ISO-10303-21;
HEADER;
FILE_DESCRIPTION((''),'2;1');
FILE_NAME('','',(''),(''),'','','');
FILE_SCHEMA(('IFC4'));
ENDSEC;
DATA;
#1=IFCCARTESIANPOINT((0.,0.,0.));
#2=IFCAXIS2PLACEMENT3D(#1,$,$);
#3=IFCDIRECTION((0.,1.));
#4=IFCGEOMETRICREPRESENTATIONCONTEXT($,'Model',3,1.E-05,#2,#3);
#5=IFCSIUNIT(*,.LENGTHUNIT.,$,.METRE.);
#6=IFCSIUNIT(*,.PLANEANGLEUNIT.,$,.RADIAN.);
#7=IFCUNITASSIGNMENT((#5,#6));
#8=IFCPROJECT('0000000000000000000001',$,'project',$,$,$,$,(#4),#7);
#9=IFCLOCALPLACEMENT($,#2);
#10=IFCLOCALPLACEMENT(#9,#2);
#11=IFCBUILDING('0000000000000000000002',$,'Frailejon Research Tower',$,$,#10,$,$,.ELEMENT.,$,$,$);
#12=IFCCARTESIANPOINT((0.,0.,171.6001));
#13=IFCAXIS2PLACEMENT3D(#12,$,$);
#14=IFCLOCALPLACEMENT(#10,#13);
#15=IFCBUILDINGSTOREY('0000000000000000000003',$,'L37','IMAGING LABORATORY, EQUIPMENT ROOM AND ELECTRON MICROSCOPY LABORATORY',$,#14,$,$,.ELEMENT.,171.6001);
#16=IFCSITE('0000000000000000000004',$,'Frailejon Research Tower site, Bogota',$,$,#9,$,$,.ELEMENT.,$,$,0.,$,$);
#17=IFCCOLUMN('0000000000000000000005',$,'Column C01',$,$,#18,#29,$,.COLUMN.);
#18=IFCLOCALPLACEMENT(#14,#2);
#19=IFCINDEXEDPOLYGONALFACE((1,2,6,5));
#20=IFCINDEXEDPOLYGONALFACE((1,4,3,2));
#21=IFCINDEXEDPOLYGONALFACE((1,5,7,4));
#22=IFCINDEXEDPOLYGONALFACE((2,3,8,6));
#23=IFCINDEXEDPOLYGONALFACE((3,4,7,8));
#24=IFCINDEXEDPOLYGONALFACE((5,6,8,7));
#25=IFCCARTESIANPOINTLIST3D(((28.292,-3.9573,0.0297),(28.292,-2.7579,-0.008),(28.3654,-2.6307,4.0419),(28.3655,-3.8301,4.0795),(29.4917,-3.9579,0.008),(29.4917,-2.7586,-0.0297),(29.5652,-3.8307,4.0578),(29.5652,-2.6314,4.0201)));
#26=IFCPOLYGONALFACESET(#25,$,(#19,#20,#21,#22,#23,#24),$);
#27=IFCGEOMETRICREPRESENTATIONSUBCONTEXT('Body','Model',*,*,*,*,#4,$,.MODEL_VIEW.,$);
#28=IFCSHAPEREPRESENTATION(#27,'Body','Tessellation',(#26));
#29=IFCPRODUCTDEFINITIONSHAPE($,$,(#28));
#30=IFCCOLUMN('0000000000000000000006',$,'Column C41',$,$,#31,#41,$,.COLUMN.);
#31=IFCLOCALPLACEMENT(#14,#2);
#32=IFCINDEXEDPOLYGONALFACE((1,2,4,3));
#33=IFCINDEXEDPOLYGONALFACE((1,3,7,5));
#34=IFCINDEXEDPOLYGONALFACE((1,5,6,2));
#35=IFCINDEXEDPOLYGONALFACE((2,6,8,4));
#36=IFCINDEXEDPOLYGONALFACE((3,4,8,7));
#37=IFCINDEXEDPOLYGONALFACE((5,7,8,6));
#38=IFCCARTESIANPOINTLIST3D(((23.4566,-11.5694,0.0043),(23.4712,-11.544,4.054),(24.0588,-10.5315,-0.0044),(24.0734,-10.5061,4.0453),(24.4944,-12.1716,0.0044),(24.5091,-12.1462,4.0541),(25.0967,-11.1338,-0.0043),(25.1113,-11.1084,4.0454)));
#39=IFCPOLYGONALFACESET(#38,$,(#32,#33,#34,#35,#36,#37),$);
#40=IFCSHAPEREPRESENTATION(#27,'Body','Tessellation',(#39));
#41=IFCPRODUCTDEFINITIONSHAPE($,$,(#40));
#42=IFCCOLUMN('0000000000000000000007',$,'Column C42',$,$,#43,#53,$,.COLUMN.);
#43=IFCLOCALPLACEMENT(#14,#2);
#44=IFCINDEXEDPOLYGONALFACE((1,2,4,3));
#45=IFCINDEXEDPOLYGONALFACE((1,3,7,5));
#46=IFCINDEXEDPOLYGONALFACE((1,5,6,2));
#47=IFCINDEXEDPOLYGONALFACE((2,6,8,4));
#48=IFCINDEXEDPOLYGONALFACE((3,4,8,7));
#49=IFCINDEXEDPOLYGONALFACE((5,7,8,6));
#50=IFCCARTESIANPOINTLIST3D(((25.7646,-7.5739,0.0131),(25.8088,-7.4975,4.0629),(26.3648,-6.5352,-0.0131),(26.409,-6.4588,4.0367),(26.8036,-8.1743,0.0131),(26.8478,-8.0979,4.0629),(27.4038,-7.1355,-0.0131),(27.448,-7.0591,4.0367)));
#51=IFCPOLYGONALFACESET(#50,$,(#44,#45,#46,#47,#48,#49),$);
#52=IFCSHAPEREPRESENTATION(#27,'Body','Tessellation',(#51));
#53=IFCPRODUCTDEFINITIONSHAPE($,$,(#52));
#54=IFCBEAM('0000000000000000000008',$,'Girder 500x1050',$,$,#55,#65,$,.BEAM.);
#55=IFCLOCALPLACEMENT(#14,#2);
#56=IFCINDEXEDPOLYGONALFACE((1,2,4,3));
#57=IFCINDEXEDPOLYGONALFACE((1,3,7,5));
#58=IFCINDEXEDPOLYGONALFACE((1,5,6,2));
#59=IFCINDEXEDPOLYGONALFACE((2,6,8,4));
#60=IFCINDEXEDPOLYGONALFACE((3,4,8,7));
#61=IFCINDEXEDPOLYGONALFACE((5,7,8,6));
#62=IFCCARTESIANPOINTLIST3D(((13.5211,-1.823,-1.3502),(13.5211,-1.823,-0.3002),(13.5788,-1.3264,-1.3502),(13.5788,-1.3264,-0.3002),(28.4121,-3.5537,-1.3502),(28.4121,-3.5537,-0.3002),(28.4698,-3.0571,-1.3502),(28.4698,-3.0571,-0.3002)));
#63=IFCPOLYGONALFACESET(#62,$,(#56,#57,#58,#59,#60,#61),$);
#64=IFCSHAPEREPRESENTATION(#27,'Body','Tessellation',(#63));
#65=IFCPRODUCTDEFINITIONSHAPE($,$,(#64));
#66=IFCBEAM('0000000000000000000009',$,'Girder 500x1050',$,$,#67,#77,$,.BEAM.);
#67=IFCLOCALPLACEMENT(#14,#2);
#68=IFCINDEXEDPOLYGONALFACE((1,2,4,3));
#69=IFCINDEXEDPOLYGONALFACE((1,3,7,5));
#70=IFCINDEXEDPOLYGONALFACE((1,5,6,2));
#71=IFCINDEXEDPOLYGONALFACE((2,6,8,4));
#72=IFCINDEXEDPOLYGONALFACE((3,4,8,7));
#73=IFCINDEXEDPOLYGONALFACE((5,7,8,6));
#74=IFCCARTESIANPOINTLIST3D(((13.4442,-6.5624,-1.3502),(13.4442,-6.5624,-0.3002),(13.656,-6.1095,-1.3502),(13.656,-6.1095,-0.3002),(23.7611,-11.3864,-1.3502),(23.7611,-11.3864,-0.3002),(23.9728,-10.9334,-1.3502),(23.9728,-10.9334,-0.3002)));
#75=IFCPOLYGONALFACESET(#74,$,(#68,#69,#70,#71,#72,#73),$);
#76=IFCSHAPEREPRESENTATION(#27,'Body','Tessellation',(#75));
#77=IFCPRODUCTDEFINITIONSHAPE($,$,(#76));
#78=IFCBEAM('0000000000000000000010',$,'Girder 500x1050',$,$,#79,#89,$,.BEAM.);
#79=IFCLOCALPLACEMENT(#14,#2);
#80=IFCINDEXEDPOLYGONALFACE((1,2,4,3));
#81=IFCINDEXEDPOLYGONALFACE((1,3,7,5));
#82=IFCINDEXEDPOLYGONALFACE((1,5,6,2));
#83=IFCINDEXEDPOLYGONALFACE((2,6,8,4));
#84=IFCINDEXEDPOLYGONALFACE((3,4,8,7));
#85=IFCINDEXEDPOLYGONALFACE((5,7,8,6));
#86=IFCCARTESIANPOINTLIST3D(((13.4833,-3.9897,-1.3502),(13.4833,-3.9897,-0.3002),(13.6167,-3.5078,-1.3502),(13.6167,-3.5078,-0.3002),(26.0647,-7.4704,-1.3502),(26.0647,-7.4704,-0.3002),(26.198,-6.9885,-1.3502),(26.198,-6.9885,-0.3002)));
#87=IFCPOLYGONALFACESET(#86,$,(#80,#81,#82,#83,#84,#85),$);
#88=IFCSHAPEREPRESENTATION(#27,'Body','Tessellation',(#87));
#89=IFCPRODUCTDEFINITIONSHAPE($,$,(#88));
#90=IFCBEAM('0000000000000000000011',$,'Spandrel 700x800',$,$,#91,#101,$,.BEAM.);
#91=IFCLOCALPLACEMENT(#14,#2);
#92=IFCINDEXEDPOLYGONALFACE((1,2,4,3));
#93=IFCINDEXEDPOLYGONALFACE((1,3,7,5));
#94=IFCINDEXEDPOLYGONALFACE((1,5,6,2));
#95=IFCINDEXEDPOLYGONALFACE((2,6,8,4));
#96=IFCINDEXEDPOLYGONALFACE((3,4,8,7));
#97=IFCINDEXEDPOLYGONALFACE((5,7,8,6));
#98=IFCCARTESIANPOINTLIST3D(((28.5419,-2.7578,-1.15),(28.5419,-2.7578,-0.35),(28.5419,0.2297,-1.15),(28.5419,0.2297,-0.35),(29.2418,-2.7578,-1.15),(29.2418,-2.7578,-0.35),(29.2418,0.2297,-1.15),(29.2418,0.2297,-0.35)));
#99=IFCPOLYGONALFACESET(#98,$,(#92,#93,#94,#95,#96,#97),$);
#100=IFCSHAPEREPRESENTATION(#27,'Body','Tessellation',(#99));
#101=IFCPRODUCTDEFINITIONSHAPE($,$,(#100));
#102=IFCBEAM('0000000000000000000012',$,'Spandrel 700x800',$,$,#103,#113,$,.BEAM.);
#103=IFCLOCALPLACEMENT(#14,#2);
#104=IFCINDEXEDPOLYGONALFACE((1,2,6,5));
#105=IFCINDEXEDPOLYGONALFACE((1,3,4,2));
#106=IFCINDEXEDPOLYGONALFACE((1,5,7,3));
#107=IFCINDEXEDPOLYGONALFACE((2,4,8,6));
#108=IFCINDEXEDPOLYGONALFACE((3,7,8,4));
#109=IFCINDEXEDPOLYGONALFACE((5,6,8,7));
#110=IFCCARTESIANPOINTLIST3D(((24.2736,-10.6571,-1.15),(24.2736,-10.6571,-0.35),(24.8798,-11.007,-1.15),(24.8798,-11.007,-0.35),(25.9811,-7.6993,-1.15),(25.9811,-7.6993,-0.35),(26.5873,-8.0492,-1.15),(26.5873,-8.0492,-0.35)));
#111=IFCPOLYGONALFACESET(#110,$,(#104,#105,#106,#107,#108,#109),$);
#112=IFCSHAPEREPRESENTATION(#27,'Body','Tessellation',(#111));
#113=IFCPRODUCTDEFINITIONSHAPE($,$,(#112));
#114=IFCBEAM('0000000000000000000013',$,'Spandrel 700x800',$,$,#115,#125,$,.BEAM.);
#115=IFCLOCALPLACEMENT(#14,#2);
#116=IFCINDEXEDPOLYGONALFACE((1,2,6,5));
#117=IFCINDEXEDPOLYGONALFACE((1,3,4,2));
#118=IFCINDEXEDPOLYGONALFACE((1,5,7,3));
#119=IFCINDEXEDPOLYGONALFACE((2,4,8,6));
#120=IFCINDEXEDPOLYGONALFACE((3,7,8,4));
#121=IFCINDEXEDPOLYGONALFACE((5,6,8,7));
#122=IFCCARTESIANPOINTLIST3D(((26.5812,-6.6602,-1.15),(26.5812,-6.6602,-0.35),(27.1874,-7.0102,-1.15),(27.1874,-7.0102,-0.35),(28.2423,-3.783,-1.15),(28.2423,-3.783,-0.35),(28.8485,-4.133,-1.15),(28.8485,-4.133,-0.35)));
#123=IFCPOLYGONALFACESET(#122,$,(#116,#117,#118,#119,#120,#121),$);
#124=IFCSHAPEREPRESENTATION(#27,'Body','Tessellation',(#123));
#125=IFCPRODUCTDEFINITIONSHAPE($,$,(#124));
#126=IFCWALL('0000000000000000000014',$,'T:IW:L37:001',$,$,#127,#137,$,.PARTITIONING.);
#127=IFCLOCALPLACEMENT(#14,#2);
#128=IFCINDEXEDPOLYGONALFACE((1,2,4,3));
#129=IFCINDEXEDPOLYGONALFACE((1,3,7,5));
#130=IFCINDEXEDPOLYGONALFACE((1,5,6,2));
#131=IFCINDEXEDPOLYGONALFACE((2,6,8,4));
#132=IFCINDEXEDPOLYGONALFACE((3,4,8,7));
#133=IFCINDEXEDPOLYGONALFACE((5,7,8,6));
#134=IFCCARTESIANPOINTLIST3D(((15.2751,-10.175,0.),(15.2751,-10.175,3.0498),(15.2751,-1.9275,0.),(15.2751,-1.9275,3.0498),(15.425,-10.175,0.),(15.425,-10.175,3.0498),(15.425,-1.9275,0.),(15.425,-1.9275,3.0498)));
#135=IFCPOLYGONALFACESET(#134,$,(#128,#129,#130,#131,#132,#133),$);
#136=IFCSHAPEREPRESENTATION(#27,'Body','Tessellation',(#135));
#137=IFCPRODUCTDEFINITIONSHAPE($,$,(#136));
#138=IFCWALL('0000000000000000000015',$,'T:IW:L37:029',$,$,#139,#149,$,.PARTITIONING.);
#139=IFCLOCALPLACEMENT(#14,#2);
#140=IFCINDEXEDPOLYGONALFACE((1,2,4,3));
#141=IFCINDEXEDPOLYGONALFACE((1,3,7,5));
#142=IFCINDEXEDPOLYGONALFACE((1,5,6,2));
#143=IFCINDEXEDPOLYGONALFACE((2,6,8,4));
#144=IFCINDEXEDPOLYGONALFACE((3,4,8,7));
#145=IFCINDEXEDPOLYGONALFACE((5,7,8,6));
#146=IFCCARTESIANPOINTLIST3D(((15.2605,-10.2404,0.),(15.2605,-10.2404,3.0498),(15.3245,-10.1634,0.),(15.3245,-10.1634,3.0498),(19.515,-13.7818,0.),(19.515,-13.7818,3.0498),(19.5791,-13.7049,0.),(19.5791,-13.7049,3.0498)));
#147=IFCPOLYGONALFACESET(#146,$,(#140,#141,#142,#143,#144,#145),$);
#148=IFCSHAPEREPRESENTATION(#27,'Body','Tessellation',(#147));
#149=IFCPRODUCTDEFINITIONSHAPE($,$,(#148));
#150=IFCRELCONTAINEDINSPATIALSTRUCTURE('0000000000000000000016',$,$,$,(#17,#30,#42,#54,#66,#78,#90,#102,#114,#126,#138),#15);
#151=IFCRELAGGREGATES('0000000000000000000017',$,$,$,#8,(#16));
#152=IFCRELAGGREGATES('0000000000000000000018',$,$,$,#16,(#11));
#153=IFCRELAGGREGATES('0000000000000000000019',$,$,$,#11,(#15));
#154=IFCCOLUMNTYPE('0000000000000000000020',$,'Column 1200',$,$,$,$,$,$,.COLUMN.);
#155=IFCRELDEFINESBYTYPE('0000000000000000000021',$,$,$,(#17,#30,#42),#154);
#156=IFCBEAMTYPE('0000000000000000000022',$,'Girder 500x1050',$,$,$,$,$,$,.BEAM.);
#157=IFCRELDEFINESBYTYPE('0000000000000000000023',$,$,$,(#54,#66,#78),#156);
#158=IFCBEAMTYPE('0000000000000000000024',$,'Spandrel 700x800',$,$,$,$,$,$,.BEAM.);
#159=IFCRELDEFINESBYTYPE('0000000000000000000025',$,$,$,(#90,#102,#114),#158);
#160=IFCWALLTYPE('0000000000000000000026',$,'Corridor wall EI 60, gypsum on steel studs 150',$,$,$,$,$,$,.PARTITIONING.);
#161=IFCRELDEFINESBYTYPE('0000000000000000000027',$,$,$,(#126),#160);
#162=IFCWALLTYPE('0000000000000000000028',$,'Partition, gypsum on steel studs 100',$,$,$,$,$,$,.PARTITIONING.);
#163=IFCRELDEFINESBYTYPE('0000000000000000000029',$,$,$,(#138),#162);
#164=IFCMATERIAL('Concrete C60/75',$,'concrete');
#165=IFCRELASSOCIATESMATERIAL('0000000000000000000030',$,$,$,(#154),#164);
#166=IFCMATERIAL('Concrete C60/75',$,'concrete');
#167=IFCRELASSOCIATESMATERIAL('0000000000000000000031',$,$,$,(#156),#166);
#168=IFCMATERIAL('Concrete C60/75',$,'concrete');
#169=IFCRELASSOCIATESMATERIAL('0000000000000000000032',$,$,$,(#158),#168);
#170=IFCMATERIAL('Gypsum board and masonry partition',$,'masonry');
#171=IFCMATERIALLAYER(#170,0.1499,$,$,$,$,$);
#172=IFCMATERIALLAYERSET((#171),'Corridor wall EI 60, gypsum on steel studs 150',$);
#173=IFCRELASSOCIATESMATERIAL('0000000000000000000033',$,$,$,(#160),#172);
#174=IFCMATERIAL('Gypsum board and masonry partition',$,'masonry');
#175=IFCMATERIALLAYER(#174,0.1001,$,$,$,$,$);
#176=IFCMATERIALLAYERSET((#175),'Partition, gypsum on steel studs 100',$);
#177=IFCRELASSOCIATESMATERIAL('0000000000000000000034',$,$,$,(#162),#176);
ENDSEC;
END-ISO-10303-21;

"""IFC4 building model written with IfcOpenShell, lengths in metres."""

from ifc_helpers import new_model, si_unit, direction, frame, frame_2d, origin, origin_2d, place, context, subcontext, project, spatial, rectangle, extrude, material, layer, layer_set, material_profile, profile_set, type_object, element, save


model = new_model("IFC4")

# Units and contexts
model_context = context("Model", 3, precision=1e-05, world=origin(), true_north=direction((0.0, 1.0)))
body_context = subcontext(model_context, "Body", "Model", "MODEL_VIEW")
ifc_project = project(units=[si_unit("LENGTHUNIT", "METRE"), si_unit("PLANEANGLEUNIT", "RADIAN")], contexts=[model_context])

# Site, building, storey
site_placement = place(None, origin())
site = spatial("IfcSite", under=ifc_project, at=site_placement, Name="Frailejon Research Tower site, Bogota", CompositionType="ELEMENT", RefElevation=0.0)
building_placement = place(site_placement, origin())
building = spatial("IfcBuilding", under=site, at=building_placement, Name="Frailejon Research Tower", CompositionType="ELEMENT")
storey_placement = place(building_placement, frame((0.0, 0.0, 171.6001)))
storey = spatial("IfcBuildingStorey", under=building, at=storey_placement, Name="L37", Description="IMAGING LABORATORY, EQUIPMENT ROOM AND ELECTRON MICROSCOPY LABORATORY", CompositionType="ELEMENT", Elevation=171.6001)

# Columns
ifc_material_1 = material(Name="Concrete C60/75", Category="concrete")
ifc_material_profile_1 = material_profile(ifc_material_1, rectangle(XDim=1.2, YDim=1.2, at=origin_2d()), Name="Column 1200")
ifc_profile_set_1 = profile_set([ifc_material_profile_1], Name="Concrete C60/75")
column_type = type_object("IfcColumnType", Name="Column 1200", PredefinedType="COLUMN", material=ifc_profile_set_1)
column_1_placement = place(storey_placement, frame((28.8918, -3.3579, 0.0), z_axis=(0.018134, 0.031388, 0.999343), x_axis=(-0.000022, 0.999507, -0.031392)))
element("IfcColumn", 1, at=column_1_placement, inside=storey, type_object=column_type, Name="Column C01", PredefinedType="COLUMN", context=body_context, shape_type="SweptSolid", body=[
    extrude(rectangle(XDim=1.2, YDim=1.2, at=origin_2d()), origin(), (0.0, 0.0, 1.0), 4.0525),
])
column_2_placement = place(storey_placement, frame((24.2766, -11.3516, 0.0), z_axis=(0.003617, 0.006269, 0.999974), x_axis=(0.501883, 0.864905, -0.007238)))
element("IfcColumn", 2, at=column_2_placement, inside=storey, type_object=column_type, Name="Column C41", PredefinedType="COLUMN", context=body_context, shape_type="SweptSolid", body=[
    extrude(rectangle(XDim=1.2, YDim=1.2, at=origin_2d()), origin(), (0.0, 0.0, 1.0), 4.0498),
])
column_3_placement = place(storey_placement, frame((26.5842, -7.3547, 0.0), z_axis=(0.010909, 0.018865, 0.999763), x_axis=(0.500187, 0.865643, -0.021792)))
element("IfcColumn", 3, at=column_3_placement, inside=storey, type_object=column_type, Name="Column C42", PredefinedType="COLUMN", context=body_context, shape_type="SweptSolid", body=[
    extrude(rectangle(XDim=1.2, YDim=1.2, at=origin_2d()), origin(), (0.0, 0.0, 1.0), 4.0508),
])

# Beams
ifc_material_2 = material(Name="Concrete C60/75", Category="concrete")
ifc_material_profile_2 = material_profile(ifc_material_2, rectangle(XDim=0.5, YDim=1.05, at=origin_2d()), Name="Girder 500x1050")
ifc_profile_set_2 = profile_set([ifc_material_profile_2], Name="Concrete C60/75")
beam_type_1 = type_object("IfcBeamType", Name="Girder 500x1050", PredefinedType="BEAM", material=ifc_profile_set_2)
beam_1_placement = place(storey_placement, frame((28.4409, -3.3054, -0.8252), z_axis=(-0.993313, 0.115449, 0.0), x_axis=(-0.115449, -0.993313, 0.0)))
element("IfcBeam", 4, at=beam_1_placement, inside=storey, type_object=beam_type_1, Name="Girder 500x1050", PredefinedType="BEAM", context=body_context, shape_type="SweptSolid", body=[
    extrude(rectangle(XDim=0.5, YDim=1.05, at=origin_2d()), origin(), (0.0, 0.0, 1.0), 14.9912),
])
beam_2_placement = place(storey_placement, frame((23.8669, -11.1599, -0.8252), z_axis=(-0.905866, 0.423565, 0.0), x_axis=(-0.423565, -0.905866, 0.0)))
element("IfcBeam", 5, at=beam_2_placement, inside=storey, type_object=beam_type_1, Name="Girder 500x1050", PredefinedType="BEAM", context=body_context, shape_type="SweptSolid", body=[
    extrude(rectangle(XDim=0.5, YDim=1.05, at=origin_2d()), origin(), (0.0, 0.0, 1.0), 11.3889),
])
beam_3_placement = place(storey_placement, frame((26.1313, -7.2295, -0.8252), z_axis=(-0.963796, 0.266642, 0.0), x_axis=(-0.266642, -0.963796, 0.0)))
element("IfcBeam", 6, at=beam_3_placement, inside=storey, type_object=beam_type_1, Name="Girder 500x1050", PredefinedType="BEAM", context=body_context, shape_type="SweptSolid", body=[
    extrude(rectangle(XDim=0.5, YDim=1.05, at=origin_2d()), origin(), (0.0, 0.0, 1.0), 13.054),
])
ifc_material_3 = material(Name="Concrete C60/75", Category="concrete")
ifc_material_profile_3 = material_profile(ifc_material_3, rectangle(XDim=0.7, YDim=0.8, at=origin_2d()), Name="Spandrel 700x800")
ifc_profile_set_3 = profile_set([ifc_material_profile_3], Name="Concrete C60/75")
beam_type_2 = type_object("IfcBeamType", Name="Spandrel 700x800", PredefinedType="BEAM", material=ifc_profile_set_3)
beam_4_placement = place(storey_placement, frame((28.8918, -2.7578, -0.75), z_axis=(0.0, 1.0, 0.0), x_axis=(-1.0, 0.0, 0.0)))
element("IfcBeam", 7, at=beam_4_placement, inside=storey, type_object=beam_type_2, Name="Spandrel 700x800", PredefinedType="BEAM", context=body_context, shape_type="SweptSolid", body=[
    extrude(rectangle(XDim=0.7, YDim=0.8, at=origin_2d()), origin(), (0.0, 0.0, 1.0), 2.9875),
])
beam_5_placement = place(storey_placement, frame((24.5767, -10.832, -0.75), z_axis=(0.499968, 0.866044, 0.0), x_axis=(-0.866044, 0.499968, 0.0)))
element("IfcBeam", 8, at=beam_5_placement, inside=storey, type_object=beam_type_2, Name="Spandrel 700x800", PredefinedType="BEAM", context=body_context, shape_type="SweptSolid", body=[
    extrude(rectangle(XDim=0.7, YDim=0.8, at=origin_2d()), origin(), (0.0, 0.0, 1.0), 3.4153),
])
beam_6_placement = place(storey_placement, frame((26.8843, -6.8352, -0.75), z_axis=(0.499996, 0.866028, 0.0), x_axis=(-0.866028, 0.499996, 0.0)))
element("IfcBeam", 9, at=beam_6_placement, inside=storey, type_object=beam_type_2, Name="Spandrel 700x800", PredefinedType="BEAM", context=body_context, shape_type="SweptSolid", body=[
    extrude(rectangle(XDim=0.7, YDim=0.8, at=origin_2d()), origin(), (0.0, 0.0, 1.0), 3.3223),
])

# Walls
ifc_material_4 = material(Name="Gypsum board and masonry partition", Category="masonry")
ifc_layer_1 = layer(ifc_material_4, 0.1499)
ifc_layer_set_1 = layer_set([ifc_layer_1], Name="Corridor wall EI 60, gypsum on steel studs 150")
wall_type_1 = type_object("IfcWallType", Name="Corridor wall EI 60, gypsum on steel studs 150", PredefinedType="PARTITIONING", material=ifc_layer_set_1)
wall_1_placement = place(storey_placement, frame((15.3501, -10.175, 0.0), z_axis=(0.0, 0.0, 1.0), x_axis=(0.0, 1.0, 0.0)))
element("IfcWall", 10, at=wall_1_placement, inside=storey, type_object=wall_type_1, Name="T:IW:L37:001", PredefinedType="PARTITIONING", context=body_context, shape_type="SweptSolid", body=[
    extrude(rectangle(XDim=8.2476, YDim=0.1499, at=frame_2d((4.1238, 0.0))), origin(), (0.0, 0.0, 1.0), 3.0498),
])
ifc_material_5 = material(Name="Gypsum board and masonry partition", Category="masonry")
ifc_layer_2 = layer(ifc_material_5, 0.1001)
ifc_layer_set_2 = layer_set([ifc_layer_2], Name="Partition, gypsum on steel studs 100")
wall_type_2 = type_object("IfcWallType", Name="Partition, gypsum on steel studs 100", PredefinedType="PARTITIONING", material=ifc_layer_set_2)
wall_2_placement = place(storey_placement, frame((15.2925, -10.2019, 0.0), z_axis=(0.0, 0.0, 1.0), x_axis=(0.768579, -0.639755, 0.0)))
element("IfcWall", 11, at=wall_2_placement, inside=storey, type_object=wall_type_2, Name="T:IW:L37:029", PredefinedType="PARTITIONING", context=body_context, shape_type="SweptSolid", body=[
    extrude(rectangle(XDim=5.5356, YDim=0.1001, at=frame_2d((2.7678, 0.0))), origin(), (0.0, 0.0, 1.0), 3.0498),
])

save(model, "model.ifc")
